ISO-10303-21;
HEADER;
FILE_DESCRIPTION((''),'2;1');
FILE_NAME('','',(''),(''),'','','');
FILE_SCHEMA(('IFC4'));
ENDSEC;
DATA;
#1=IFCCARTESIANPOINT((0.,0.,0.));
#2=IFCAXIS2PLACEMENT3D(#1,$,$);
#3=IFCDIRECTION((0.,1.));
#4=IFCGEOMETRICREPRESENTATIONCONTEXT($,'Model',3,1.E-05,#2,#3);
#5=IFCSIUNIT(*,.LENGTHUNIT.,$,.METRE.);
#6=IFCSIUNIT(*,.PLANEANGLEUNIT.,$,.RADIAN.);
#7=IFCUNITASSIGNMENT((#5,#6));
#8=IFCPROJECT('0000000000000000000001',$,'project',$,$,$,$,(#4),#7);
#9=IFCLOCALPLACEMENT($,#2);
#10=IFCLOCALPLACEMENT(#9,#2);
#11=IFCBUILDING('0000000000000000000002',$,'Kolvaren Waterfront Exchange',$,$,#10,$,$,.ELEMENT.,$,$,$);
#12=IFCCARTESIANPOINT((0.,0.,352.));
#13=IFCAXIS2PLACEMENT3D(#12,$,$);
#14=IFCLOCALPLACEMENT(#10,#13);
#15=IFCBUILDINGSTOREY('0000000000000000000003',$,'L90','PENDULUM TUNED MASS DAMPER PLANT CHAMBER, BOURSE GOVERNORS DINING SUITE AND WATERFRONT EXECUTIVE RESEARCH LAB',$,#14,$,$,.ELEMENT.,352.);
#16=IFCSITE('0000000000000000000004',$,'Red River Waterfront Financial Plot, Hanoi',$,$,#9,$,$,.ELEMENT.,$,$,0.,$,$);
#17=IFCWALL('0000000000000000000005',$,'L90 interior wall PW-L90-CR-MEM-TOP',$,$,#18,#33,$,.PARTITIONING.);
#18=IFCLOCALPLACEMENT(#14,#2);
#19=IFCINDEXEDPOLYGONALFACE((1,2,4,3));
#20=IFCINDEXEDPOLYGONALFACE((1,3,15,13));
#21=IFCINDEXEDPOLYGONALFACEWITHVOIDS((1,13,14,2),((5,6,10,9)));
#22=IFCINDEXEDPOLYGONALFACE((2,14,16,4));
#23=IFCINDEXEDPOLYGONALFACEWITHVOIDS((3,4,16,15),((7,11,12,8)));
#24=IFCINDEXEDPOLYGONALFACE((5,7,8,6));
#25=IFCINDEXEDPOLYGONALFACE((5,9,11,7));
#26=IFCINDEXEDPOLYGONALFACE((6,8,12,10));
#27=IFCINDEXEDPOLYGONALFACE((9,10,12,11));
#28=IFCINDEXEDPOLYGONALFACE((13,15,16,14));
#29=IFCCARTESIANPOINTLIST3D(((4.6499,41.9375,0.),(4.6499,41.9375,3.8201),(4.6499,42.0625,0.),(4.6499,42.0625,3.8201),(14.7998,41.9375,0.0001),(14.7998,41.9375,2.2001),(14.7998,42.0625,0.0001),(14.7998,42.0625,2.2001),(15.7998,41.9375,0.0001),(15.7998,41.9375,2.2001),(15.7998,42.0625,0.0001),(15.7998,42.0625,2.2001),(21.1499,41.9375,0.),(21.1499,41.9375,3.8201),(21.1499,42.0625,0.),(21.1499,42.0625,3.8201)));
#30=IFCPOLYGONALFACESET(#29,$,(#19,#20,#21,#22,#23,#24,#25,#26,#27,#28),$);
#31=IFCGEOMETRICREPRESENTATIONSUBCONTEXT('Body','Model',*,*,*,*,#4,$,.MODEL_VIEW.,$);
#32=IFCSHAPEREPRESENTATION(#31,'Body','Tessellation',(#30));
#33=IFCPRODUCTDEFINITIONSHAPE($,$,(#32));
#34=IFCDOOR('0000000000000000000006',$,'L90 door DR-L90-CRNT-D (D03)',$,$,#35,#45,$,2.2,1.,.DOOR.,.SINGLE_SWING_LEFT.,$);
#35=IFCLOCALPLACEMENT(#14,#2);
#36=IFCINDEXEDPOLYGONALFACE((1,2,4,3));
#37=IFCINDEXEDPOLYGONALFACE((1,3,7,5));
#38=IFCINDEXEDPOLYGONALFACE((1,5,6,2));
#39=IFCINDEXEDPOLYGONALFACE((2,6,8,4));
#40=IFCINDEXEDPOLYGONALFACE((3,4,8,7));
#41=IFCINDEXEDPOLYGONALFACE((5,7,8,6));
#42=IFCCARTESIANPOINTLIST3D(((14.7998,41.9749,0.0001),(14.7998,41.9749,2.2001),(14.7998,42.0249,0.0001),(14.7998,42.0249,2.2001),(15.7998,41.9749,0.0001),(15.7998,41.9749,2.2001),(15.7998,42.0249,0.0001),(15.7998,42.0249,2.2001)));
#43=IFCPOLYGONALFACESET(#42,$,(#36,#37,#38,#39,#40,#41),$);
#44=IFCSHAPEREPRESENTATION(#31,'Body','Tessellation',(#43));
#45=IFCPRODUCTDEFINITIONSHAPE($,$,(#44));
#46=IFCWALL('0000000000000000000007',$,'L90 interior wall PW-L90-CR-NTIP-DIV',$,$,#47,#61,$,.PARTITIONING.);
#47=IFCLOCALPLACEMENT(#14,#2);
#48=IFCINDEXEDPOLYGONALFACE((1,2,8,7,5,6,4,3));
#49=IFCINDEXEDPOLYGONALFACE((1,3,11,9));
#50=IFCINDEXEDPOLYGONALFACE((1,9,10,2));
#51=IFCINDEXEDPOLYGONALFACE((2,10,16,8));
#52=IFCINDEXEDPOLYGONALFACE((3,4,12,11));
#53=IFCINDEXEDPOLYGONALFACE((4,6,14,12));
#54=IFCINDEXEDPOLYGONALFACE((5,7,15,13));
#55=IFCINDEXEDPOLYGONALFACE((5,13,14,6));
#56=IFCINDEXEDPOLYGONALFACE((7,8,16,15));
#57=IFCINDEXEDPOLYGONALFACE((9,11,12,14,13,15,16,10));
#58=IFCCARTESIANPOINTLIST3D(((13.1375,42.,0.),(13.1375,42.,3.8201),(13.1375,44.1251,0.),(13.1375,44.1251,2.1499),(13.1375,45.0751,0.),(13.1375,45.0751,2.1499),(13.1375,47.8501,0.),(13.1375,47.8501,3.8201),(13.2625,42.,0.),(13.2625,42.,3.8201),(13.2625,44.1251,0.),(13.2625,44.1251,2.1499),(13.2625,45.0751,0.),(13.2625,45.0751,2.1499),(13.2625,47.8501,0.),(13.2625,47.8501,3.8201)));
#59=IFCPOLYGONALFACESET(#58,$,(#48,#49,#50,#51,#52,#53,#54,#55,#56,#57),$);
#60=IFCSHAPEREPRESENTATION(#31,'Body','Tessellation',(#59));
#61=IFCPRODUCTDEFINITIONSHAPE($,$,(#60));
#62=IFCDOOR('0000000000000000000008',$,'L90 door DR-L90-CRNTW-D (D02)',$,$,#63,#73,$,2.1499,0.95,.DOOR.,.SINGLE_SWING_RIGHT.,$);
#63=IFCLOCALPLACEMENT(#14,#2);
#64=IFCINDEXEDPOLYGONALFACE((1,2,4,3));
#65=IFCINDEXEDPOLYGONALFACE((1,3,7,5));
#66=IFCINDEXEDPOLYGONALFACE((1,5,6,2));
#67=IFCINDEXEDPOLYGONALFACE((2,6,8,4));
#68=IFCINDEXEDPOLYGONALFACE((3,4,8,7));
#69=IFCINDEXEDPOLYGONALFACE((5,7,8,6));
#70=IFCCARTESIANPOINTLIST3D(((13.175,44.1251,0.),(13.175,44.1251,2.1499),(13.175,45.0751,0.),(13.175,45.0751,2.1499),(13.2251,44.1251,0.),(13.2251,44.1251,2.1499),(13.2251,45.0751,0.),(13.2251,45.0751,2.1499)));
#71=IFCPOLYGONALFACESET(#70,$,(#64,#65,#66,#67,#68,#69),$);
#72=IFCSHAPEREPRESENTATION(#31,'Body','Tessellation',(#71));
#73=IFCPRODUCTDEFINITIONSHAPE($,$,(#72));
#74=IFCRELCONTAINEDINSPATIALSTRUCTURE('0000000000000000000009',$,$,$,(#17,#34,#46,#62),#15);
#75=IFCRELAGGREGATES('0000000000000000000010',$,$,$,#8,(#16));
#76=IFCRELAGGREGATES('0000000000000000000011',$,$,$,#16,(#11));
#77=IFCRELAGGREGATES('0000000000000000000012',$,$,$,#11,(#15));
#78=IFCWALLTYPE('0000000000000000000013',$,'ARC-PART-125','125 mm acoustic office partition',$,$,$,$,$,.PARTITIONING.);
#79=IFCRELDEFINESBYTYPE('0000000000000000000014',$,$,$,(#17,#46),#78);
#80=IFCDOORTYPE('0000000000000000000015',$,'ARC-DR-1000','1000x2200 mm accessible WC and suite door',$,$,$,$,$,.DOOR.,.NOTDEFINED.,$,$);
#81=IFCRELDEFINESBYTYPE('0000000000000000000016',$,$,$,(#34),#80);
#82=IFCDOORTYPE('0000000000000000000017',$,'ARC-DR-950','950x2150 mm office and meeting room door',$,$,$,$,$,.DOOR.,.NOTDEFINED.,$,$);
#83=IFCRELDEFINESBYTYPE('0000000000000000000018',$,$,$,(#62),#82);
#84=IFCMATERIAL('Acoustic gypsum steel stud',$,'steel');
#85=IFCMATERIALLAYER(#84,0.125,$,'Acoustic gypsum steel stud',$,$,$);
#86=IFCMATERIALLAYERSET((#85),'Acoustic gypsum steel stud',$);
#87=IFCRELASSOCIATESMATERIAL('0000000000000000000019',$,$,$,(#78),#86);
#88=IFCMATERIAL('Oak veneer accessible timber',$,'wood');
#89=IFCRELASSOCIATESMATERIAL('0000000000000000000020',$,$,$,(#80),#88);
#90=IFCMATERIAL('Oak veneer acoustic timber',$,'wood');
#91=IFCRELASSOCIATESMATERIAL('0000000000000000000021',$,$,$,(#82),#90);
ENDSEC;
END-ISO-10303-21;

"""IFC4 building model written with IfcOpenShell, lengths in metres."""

from ifc_helpers import new_model, si_unit, direction, frame, frame_2d, origin, place, context, subcontext, project, spatial, rectangle, extrude, material, layer, layer_set, type_object, element, fill, save


model = new_model("IFC4")

# Units and contexts
model_context = context("Model", 3, precision=1e-05, world=origin(), true_north=direction((0.0, 1.0)))
body_context = subcontext(model_context, "Body", "Model", "MODEL_VIEW")
ifc_project = project(units=[si_unit("LENGTHUNIT", "METRE"), si_unit("PLANEANGLEUNIT", "RADIAN")], contexts=[model_context])

# Site, building, storey
site_placement = place(None, origin())
site = spatial("IfcSite", under=ifc_project, at=site_placement, Name="Red River Waterfront Financial Plot, Hanoi", CompositionType="ELEMENT", RefElevation=0.0)
building_placement = place(site_placement, origin())
building = spatial("IfcBuilding", under=site, at=building_placement, Name="Kolvaren Waterfront Exchange", CompositionType="ELEMENT")
storey_placement = place(building_placement, frame((0.0, 0.0, 352.0)))
storey = spatial("IfcBuildingStorey", under=building, at=storey_placement, Name="L90", Description="PENDULUM TUNED MASS DAMPER PLANT CHAMBER, BOURSE GOVERNORS DINING SUITE AND WATERFRONT EXECUTIVE RESEARCH LAB", CompositionType="ELEMENT", Elevation=352.0)

# Walls, openings, doors
ifc_material_1 = material(Name="Acoustic gypsum steel stud", Category="steel")
ifc_layer_1 = layer(ifc_material_1, 0.125, Name="Acoustic gypsum steel stud")
ifc_layer_set_1 = layer_set([ifc_layer_1], Name="Acoustic gypsum steel stud")
wall_type_1 = type_object("IfcWallType", Name="ARC-PART-125", Description="125 mm acoustic office partition", PredefinedType="PARTITIONING", material=ifc_layer_set_1)
wall_1_placement = place(storey_placement, frame((4.6499, 42.0, 0.0), z_axis=(0.0, 0.0, 1.0), x_axis=(1.0, 0.0, 0.0)))
wall_1 = element("IfcWall", 1, at=wall_1_placement, inside=storey, type_object=wall_type_1, Name="L90 interior wall PW-L90-CR-MEM-TOP", PredefinedType="PARTITIONING", context=body_context, shape_type="SweptSolid", body=[
    extrude(rectangle(XDim=16.5, YDim=0.125, at=frame_2d((8.25, 0.0))), origin(), (0.0, 0.0, 1.0), 3.8201),
])
opening_1_placement = place(wall_1_placement, frame((10.1499, 0.0, 0.0)))
opening_1 = element("IfcOpeningElement", 2, at=opening_1_placement, cuts=wall_1, PredefinedType="OPENING", context=body_context, shape_type="SweptSolid", body=[
    extrude(rectangle(XDim=1.0, YDim=2.2, at=frame_2d((0.5, 1.1001))), frame((0.0, 0.0725, 0.0), z_axis=(0.0, -1.0, 0.0), x_axis=(1.0, 0.0, 0.0)), (0.0, 0.0, 1.0), 0.145),
])
ifc_material_2 = material(Name="Oak veneer accessible timber", Category="wood")
door_type_1 = type_object("IfcDoorType", Name="ARC-DR-1000", Description="1000x2200 mm accessible WC and suite door", OperationType="NOTDEFINED", PredefinedType="DOOR", material=ifc_material_2)
door_1_placement = place(opening_1_placement, origin())
door_1 = element("IfcDoor", 3, at=door_1_placement, inside=storey, type_object=door_type_1, Name="L90 door DR-L90-CRNT-D (D03)", OperationType="SINGLE_SWING_LEFT", OverallHeight=2.2, OverallWidth=1.0, PredefinedType="DOOR", context=body_context, shape_type="SweptSolid", body=[
    extrude(rectangle(XDim=1.0, YDim=2.2, at=frame_2d((0.5, 1.1001))), frame((0.0, 0.0249, 0.0), z_axis=(0.0, -1.0, 0.0), x_axis=(1.0, 0.0, 0.0)), (0.0, 0.0, 1.0), 0.05),
])
fill(opening_1, door_1)
wall_2_placement = place(storey_placement, frame((13.2, 42.0, 0.0), z_axis=(0.0, 0.0, 1.0), x_axis=(0.0, 1.0, 0.0)))
wall_2 = element("IfcWall", 4, at=wall_2_placement, inside=storey, type_object=wall_type_1, Name="L90 interior wall PW-L90-CR-NTIP-DIV", PredefinedType="PARTITIONING", context=body_context, shape_type="SweptSolid", body=[
    extrude(rectangle(XDim=5.8501, YDim=0.125, at=frame_2d((2.925, 0.0))), origin(), (0.0, 0.0, 1.0), 3.8201),
])
opening_2_placement = place(wall_2_placement, frame((2.125, 0.0, 0.0)))
opening_2 = element("IfcOpeningElement", 5, at=opening_2_placement, cuts=wall_2, PredefinedType="OPENING", context=body_context, shape_type="SweptSolid", body=[
    extrude(rectangle(XDim=0.95, YDim=2.1499, at=frame_2d((0.4751, 1.075))), frame((0.0, 0.0725, 0.0), z_axis=(0.0, -1.0, 0.0), x_axis=(1.0, 0.0, 0.0)), (0.0, 0.0, 1.0), 0.145),
])
ifc_material_3 = material(Name="Oak veneer acoustic timber", Category="wood")
door_type_2 = type_object("IfcDoorType", Name="ARC-DR-950", Description="950x2150 mm office and meeting room door", OperationType="NOTDEFINED", PredefinedType="DOOR", material=ifc_material_3)
door_2_placement = place(opening_2_placement, origin())
door_2 = element("IfcDoor", 6, at=door_2_placement, inside=storey, type_object=door_type_2, Name="L90 door DR-L90-CRNTW-D (D02)", OperationType="SINGLE_SWING_RIGHT", OverallHeight=2.1499, OverallWidth=0.95, PredefinedType="DOOR", context=body_context, shape_type="SweptSolid", body=[
    extrude(rectangle(XDim=0.95, YDim=2.1499, at=frame_2d((0.4751, 1.075))), frame((0.0, 0.0249, 0.0), z_axis=(0.0, -1.0, 0.0), x_axis=(1.0, 0.0, 0.0)), (0.0, 0.0, 1.0), 0.05),
])
fill(opening_2, door_2)

save(model, "model.ifc")
